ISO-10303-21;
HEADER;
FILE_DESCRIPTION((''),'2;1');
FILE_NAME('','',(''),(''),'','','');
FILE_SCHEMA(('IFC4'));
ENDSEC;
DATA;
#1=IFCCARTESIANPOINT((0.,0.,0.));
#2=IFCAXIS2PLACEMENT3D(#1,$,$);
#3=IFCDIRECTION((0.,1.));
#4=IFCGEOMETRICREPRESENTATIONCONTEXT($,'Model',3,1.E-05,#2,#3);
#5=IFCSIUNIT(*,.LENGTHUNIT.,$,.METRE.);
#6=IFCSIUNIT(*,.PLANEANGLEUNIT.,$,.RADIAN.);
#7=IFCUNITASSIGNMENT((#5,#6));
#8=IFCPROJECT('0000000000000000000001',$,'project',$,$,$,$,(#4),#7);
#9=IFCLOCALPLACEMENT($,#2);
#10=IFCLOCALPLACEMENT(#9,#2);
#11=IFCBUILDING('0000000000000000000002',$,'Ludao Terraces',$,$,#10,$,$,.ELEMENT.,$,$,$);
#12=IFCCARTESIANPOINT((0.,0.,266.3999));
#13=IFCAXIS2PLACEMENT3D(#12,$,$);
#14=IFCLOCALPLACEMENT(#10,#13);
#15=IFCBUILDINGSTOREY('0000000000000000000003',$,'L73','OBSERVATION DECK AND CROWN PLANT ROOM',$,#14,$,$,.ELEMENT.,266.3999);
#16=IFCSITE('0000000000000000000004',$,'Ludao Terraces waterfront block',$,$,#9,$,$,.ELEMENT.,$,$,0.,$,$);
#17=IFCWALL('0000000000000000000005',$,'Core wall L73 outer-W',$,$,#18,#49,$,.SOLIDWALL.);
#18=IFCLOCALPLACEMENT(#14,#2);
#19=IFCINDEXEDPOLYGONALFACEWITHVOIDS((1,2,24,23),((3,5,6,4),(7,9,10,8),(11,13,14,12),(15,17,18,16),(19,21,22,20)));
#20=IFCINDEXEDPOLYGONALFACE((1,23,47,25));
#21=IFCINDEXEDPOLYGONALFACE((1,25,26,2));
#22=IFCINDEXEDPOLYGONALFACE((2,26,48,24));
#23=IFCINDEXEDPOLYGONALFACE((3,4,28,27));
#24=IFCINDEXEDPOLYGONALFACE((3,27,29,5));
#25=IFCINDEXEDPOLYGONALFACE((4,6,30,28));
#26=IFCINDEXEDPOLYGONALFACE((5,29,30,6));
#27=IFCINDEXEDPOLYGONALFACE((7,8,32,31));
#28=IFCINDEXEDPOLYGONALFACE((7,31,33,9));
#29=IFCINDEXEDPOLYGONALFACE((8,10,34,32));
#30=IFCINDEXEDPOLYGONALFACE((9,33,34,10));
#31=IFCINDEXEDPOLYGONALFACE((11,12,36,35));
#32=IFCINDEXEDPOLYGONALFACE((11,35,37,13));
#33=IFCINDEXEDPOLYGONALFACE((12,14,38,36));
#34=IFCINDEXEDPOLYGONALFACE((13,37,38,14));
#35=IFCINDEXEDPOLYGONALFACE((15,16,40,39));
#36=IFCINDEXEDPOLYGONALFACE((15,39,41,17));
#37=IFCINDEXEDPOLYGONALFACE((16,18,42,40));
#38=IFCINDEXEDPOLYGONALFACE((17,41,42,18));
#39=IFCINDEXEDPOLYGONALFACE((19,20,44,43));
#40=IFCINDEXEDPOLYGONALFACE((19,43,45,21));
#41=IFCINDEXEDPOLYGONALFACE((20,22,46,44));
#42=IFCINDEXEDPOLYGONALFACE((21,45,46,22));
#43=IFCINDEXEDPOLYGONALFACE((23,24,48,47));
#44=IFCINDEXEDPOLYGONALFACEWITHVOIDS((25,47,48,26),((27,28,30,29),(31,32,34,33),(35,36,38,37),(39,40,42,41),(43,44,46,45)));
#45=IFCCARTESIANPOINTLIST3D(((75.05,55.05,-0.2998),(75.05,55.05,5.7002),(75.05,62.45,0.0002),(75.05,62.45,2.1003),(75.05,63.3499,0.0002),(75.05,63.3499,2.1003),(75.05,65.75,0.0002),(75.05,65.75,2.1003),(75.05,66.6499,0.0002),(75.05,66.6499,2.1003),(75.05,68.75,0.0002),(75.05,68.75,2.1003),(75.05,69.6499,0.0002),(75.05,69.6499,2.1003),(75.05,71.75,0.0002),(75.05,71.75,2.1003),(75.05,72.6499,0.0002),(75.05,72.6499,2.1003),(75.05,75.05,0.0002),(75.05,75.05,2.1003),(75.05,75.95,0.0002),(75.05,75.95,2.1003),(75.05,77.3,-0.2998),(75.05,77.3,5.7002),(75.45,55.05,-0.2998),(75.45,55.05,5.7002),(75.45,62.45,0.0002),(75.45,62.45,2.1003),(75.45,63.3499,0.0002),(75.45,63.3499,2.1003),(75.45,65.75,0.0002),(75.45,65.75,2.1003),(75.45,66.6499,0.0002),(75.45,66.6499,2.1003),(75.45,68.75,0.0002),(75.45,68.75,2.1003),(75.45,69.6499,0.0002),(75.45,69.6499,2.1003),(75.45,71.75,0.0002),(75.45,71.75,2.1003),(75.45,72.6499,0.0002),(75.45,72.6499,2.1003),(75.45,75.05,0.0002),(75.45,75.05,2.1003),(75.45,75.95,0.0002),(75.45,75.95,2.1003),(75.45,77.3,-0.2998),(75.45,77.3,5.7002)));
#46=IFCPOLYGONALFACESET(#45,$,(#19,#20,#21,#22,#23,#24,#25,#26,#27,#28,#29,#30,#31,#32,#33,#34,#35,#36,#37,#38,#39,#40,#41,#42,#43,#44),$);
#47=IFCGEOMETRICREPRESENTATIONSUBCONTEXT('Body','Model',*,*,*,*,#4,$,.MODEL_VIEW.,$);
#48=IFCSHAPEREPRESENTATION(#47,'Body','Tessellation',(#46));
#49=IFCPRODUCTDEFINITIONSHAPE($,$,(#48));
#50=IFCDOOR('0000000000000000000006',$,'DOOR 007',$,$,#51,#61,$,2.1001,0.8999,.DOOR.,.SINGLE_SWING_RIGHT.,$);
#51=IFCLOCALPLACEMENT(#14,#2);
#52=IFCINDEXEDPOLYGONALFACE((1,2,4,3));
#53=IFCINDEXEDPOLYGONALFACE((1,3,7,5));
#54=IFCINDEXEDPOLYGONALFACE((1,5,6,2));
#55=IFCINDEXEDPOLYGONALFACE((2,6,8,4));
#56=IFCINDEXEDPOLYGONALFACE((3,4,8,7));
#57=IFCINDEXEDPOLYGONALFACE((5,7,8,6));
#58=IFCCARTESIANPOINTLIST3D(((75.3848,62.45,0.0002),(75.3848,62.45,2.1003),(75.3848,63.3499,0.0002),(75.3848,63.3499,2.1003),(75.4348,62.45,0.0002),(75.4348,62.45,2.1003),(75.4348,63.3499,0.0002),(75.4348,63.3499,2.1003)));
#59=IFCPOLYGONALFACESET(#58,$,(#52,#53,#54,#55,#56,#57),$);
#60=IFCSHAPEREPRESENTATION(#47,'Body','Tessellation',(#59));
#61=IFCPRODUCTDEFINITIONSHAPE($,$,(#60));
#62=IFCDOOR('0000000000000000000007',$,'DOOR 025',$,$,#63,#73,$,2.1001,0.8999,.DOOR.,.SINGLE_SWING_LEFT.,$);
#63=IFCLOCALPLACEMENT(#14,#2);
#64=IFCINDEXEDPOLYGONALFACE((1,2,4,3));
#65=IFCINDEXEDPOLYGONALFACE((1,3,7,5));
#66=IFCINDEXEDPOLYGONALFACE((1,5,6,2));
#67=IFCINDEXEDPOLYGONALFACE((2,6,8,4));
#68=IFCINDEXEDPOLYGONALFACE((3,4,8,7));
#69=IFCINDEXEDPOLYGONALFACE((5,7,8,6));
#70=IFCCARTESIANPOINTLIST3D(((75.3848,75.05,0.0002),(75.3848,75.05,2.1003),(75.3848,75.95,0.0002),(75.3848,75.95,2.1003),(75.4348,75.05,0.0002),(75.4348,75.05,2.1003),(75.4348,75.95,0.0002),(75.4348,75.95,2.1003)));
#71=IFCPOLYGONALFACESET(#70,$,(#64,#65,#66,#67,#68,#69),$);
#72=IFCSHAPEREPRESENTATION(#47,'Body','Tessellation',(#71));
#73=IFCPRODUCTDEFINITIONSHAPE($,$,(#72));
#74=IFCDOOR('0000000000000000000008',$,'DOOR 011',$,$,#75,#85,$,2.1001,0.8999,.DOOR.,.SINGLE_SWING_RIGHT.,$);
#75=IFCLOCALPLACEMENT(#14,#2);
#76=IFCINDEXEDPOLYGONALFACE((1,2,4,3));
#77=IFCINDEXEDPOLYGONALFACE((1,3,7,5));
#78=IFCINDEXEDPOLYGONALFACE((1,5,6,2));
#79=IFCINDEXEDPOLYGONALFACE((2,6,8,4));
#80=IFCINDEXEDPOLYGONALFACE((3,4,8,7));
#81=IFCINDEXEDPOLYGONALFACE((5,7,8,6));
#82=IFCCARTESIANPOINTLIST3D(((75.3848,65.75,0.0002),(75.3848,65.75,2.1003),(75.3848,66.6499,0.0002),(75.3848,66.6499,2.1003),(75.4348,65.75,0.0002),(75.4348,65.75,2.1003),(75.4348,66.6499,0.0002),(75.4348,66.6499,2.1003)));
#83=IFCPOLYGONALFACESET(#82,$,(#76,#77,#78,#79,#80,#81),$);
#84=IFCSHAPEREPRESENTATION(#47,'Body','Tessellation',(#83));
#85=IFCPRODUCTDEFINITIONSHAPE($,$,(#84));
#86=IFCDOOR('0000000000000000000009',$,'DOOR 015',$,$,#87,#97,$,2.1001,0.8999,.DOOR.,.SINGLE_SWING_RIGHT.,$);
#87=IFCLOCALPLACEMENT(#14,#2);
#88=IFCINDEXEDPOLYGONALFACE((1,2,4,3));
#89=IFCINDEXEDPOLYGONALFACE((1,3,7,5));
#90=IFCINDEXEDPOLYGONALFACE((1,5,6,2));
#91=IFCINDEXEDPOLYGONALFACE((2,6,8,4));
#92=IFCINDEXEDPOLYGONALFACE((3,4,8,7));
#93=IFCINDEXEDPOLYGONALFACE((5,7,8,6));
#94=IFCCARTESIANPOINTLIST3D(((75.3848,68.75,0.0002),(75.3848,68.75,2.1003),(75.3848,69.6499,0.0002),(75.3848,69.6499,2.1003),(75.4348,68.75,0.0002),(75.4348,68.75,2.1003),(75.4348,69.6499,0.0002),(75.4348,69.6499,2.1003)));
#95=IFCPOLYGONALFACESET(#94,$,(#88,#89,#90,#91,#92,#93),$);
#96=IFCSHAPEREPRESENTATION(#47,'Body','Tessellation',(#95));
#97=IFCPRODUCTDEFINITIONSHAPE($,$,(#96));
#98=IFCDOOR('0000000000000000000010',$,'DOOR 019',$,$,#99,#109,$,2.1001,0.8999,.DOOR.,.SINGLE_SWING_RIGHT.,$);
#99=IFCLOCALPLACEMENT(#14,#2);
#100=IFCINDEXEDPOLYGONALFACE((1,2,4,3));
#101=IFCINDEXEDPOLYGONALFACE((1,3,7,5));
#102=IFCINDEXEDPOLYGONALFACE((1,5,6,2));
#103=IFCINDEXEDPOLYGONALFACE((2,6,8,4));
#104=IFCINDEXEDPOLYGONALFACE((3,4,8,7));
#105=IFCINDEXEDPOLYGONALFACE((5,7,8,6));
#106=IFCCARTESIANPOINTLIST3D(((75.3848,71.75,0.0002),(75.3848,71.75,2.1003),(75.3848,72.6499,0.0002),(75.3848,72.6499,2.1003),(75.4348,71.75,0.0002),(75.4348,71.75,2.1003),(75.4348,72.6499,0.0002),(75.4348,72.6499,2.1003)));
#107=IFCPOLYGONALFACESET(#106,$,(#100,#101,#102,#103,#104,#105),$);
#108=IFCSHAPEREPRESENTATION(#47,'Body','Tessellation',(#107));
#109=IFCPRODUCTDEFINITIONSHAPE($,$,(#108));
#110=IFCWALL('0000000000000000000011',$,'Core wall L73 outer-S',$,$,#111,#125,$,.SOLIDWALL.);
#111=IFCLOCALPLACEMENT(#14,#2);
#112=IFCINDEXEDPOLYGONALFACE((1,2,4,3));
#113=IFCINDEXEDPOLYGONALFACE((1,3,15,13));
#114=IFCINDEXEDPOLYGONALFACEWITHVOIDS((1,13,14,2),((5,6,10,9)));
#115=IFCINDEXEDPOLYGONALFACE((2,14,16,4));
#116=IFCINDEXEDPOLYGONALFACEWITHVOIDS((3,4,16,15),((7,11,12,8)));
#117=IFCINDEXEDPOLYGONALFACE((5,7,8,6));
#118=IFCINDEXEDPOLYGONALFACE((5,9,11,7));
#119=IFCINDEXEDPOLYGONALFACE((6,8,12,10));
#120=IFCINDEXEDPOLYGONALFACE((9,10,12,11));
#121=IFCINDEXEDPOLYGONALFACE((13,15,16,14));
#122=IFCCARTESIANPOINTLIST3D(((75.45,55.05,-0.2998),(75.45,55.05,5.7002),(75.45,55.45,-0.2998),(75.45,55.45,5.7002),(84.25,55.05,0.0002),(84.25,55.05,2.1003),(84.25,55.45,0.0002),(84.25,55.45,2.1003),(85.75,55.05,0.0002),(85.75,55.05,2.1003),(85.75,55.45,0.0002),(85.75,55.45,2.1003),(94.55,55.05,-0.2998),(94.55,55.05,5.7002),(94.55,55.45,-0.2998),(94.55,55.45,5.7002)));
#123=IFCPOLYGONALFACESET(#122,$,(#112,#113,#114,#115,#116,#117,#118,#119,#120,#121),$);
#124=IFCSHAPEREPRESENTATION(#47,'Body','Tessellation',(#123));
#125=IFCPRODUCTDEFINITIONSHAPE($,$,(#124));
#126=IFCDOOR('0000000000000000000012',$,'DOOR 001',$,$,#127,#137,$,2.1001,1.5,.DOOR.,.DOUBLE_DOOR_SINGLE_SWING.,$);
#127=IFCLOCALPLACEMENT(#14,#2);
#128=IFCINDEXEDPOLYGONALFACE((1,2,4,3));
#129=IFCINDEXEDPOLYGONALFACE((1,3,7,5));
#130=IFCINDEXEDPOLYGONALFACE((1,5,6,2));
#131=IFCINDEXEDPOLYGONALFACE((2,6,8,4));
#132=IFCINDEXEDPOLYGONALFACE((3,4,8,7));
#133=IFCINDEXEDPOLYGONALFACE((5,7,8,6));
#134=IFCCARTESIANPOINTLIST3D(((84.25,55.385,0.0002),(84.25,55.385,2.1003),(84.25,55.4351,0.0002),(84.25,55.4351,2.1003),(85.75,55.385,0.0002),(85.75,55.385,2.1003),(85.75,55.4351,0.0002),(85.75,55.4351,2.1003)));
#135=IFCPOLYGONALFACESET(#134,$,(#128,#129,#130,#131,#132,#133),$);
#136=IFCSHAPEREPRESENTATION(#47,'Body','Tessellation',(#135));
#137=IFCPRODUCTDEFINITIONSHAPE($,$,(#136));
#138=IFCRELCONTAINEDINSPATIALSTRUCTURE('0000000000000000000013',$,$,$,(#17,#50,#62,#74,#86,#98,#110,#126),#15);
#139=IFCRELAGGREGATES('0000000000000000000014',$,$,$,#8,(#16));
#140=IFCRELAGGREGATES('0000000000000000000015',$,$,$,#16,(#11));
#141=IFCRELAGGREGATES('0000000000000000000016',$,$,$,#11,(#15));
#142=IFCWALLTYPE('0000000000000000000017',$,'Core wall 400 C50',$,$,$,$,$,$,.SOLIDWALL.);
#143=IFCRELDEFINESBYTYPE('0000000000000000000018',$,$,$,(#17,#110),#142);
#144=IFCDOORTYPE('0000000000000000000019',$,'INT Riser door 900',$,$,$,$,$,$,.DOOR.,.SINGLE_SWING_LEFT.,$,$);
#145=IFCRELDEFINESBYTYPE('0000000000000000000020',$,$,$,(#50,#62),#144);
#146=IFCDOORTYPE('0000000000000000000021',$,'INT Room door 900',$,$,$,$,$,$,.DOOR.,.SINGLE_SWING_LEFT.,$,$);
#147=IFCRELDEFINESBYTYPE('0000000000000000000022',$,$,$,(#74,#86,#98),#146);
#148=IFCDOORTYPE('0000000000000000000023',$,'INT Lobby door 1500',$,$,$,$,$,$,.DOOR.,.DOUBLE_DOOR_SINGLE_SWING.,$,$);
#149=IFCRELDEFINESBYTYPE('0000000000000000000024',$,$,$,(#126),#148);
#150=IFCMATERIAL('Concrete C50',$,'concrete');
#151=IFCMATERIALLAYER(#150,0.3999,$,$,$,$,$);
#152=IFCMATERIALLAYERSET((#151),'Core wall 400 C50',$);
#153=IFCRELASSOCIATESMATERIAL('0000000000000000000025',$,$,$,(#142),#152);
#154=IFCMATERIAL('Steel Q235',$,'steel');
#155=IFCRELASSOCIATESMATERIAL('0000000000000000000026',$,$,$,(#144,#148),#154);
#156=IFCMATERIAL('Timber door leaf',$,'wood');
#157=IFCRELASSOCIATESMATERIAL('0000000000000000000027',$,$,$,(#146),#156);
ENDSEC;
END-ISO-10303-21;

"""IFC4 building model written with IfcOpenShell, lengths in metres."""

from ifc_helpers import new_model, si_unit, direction, frame, frame_2d, origin, place, context, subcontext, project, spatial, rectangle, extrude, material, layer, layer_set, type_object, element, fill, save


model = new_model("IFC4")

# Units and contexts
model_context = context("Model", 3, precision=1e-05, world=origin(), true_north=direction((0.0, 1.0)))
body_context = subcontext(model_context, "Body", "Model", "MODEL_VIEW")
ifc_project = project(units=[si_unit("LENGTHUNIT", "METRE"), si_unit("PLANEANGLEUNIT", "RADIAN")], contexts=[model_context])

# Site, building, storey
site_placement = place(None, origin())
site = spatial("IfcSite", under=ifc_project, at=site_placement, Name="Ludao Terraces waterfront block", CompositionType="ELEMENT", RefElevation=0.0)
building_placement = place(site_placement, origin())
building = spatial("IfcBuilding", under=site, at=building_placement, Name="Ludao Terraces", CompositionType="ELEMENT")
storey_placement = place(building_placement, frame((0.0, 0.0, 266.3999)))
storey = spatial("IfcBuildingStorey", under=building, at=storey_placement, Name="L73", Description="OBSERVATION DECK AND CROWN PLANT ROOM", CompositionType="ELEMENT", Elevation=266.3999)

# Wall, openings, doors
ifc_material_1 = material(Name="Concrete C50", Category="concrete")
ifc_layer_1 = layer(ifc_material_1, 0.3999)
ifc_layer_set_1 = layer_set([ifc_layer_1], Name="Core wall 400 C50")
wall_type_1 = type_object("IfcWallType", Name="Core wall 400 C50", PredefinedType="SOLIDWALL", material=ifc_layer_set_1)
wall_1_placement = place(storey_placement, frame((75.25, 55.05, -0.2998), z_axis=(0.0, 0.0, 1.0), x_axis=(0.0, 1.0, 0.0)))
wall_1 = element("IfcWall", 1, at=wall_1_placement, inside=storey, type_object=wall_type_1, Name="Core wall L73 outer-W", PredefinedType="SOLIDWALL", context=body_context, shape_type="SweptSolid", body=[
    extrude(rectangle(XDim=22.25, YDim=0.3999, at=frame_2d((11.125, 0.0))), origin(), (0.0, 0.0, 1.0), 6.0),
])
opening_1_placement = place(wall_1_placement, frame((7.3999, 0.0, 0.3)))
opening_1 = element("IfcOpeningElement", 2, at=opening_1_placement, cuts=wall_1, PredefinedType="OPENING", context=body_context, shape_type="SweptSolid", body=[
    extrude(rectangle(XDim=0.8999, YDim=2.1001, at=frame_2d((0.45, 1.05))), frame((0.0, 0.21, 0.0), z_axis=(0.0, -1.0, 0.0), x_axis=(1.0, 0.0, 0.0)), (0.0, 0.0, 1.0), 0.4199),
])
opening_2_placement = place(wall_1_placement, frame((10.7, 0.0, 0.3)))
opening_2 = element("IfcOpeningElement", 3, at=opening_2_placement, cuts=wall_1, PredefinedType="OPENING", context=body_context, shape_type="SweptSolid", body=[
    extrude(rectangle(XDim=0.8999, YDim=2.1001, at=frame_2d((0.45, 1.05))), frame((0.0, 0.21, 0.0), z_axis=(0.0, -1.0, 0.0), x_axis=(1.0, 0.0, 0.0)), (0.0, 0.0, 1.0), 0.4199),
])
opening_3_placement = place(wall_1_placement, frame((13.7, 0.0, 0.3)))
opening_3 = element("IfcOpeningElement", 4, at=opening_3_placement, cuts=wall_1, PredefinedType="OPENING", context=body_context, shape_type="SweptSolid", body=[
    extrude(rectangle(XDim=0.8999, YDim=2.1001, at=frame_2d((0.45, 1.05))), frame((0.0, 0.21, 0.0), z_axis=(0.0, -1.0, 0.0), x_axis=(1.0, 0.0, 0.0)), (0.0, 0.0, 1.0), 0.4199),
])
opening_4_placement = place(wall_1_placement, frame((16.7, 0.0, 0.3)))
opening_4 = element("IfcOpeningElement", 5, at=opening_4_placement, cuts=wall_1, PredefinedType="OPENING", context=body_context, shape_type="SweptSolid", body=[
    extrude(rectangle(XDim=0.8999, YDim=2.1001, at=frame_2d((0.45, 1.05))), frame((0.0, 0.21, 0.0), z_axis=(0.0, -1.0, 0.0), x_axis=(1.0, 0.0, 0.0)), (0.0, 0.0, 1.0), 0.4199),
])
opening_5_placement = place(wall_1_placement, frame((20.0, 0.0, 0.3)))
opening_5 = element("IfcOpeningElement", 6, at=opening_5_placement, cuts=wall_1, PredefinedType="OPENING", context=body_context, shape_type="SweptSolid", body=[
    extrude(rectangle(XDim=0.8999, YDim=2.1001, at=frame_2d((0.45, 1.05))), frame((0.0, 0.21, 0.0), z_axis=(0.0, -1.0, 0.0), x_axis=(1.0, 0.0, 0.0)), (0.0, 0.0, 1.0), 0.4199),
])
ifc_material_2 = material(Name="Steel Q235", Category="steel")
door_type_1 = type_object("IfcDoorType", Name="INT Riser door 900", OperationType="SINGLE_SWING_LEFT", PredefinedType="DOOR", material=ifc_material_2)
door_1_placement = place(opening_1_placement, origin())
door_1 = element("IfcDoor", 7, at=door_1_placement, inside=storey, type_object=door_type_1, Name="DOOR 007", OperationType="SINGLE_SWING_RIGHT", OverallHeight=2.1001, OverallWidth=0.8999, PredefinedType="DOOR", context=body_context, shape_type="SweptSolid", body=[
    extrude(rectangle(XDim=0.8999, YDim=2.1001, at=frame_2d((0.45, 1.05))), frame((0.0, -0.1348, 0.0), z_axis=(0.0, -1.0, 0.0), x_axis=(1.0, 0.0, 0.0)), (0.0, 0.0, 1.0), 0.05),
])
fill(opening_1, door_1)
door_2_placement = place(opening_5_placement, origin())
door_2 = element("IfcDoor", 8, at=door_2_placement, inside=storey, type_object=door_type_1, Name="DOOR 025", OperationType="SINGLE_SWING_LEFT", OverallHeight=2.1001, OverallWidth=0.8999, PredefinedType="DOOR", context=body_context, shape_type="SweptSolid", body=[
    extrude(rectangle(XDim=0.8999, YDim=2.1001, at=frame_2d((0.45, 1.05))), frame((0.0, -0.1348, 0.0), z_axis=(0.0, -1.0, 0.0), x_axis=(1.0, 0.0, 0.0)), (0.0, 0.0, 1.0), 0.05),
])
fill(opening_5, door_2)
ifc_material_3 = material(Name="Timber door leaf", Category="wood")
door_type_2 = type_object("IfcDoorType", Name="INT Room door 900", OperationType="SINGLE_SWING_LEFT", PredefinedType="DOOR", material=ifc_material_3)
door_3_placement = place(opening_2_placement, origin())
door_3 = element("IfcDoor", 9, at=door_3_placement, inside=storey, type_object=door_type_2, Name="DOOR 011", OperationType="SINGLE_SWING_RIGHT", OverallHeight=2.1001, OverallWidth=0.8999, PredefinedType="DOOR", context=body_context, shape_type="SweptSolid", body=[
    extrude(rectangle(XDim=0.8999, YDim=2.1001, at=frame_2d((0.45, 1.05))), frame((0.0, -0.1348, 0.0), z_axis=(0.0, -1.0, 0.0), x_axis=(1.0, 0.0, 0.0)), (0.0, 0.0, 1.0), 0.05),
])
fill(opening_2, door_3)
door_4_placement = place(opening_3_placement, origin())
door_4 = element("IfcDoor", 10, at=door_4_placement, inside=storey, type_object=door_type_2, Name="DOOR 015", OperationType="SINGLE_SWING_RIGHT", OverallHeight=2.1001, OverallWidth=0.8999, PredefinedType="DOOR", context=body_context, shape_type="SweptSolid", body=[
    extrude(rectangle(XDim=0.8999, YDim=2.1001, at=frame_2d((0.45, 1.05))), frame((0.0, -0.1348, 0.0), z_axis=(0.0, -1.0, 0.0), x_axis=(1.0, 0.0, 0.0)), (0.0, 0.0, 1.0), 0.05),
])
fill(opening_3, door_4)
door_5_placement = place(opening_4_placement, origin())
door_5 = element("IfcDoor", 11, at=door_5_placement, inside=storey, type_object=door_type_2, Name="DOOR 019", OperationType="SINGLE_SWING_RIGHT", OverallHeight=2.1001, OverallWidth=0.8999, PredefinedType="DOOR", context=body_context, shape_type="SweptSolid", body=[
    extrude(rectangle(XDim=0.8999, YDim=2.1001, at=frame_2d((0.45, 1.05))), frame((0.0, -0.1348, 0.0), z_axis=(0.0, -1.0, 0.0), x_axis=(1.0, 0.0, 0.0)), (0.0, 0.0, 1.0), 0.05),
])
fill(opening_4, door_5)

# Wall, opening, door
wall_2_placement = place(storey_placement, frame((75.45, 55.25, -0.2998), z_axis=(0.0, 0.0, 1.0), x_axis=(1.0, 0.0, 0.0)))
wall_2 = element("IfcWall", 12, at=wall_2_placement, inside=storey, type_object=wall_type_1, Name="Core wall L73 outer-S", PredefinedType="SOLIDWALL", context=body_context, shape_type="SweptSolid", body=[
    extrude(rectangle(XDim=19.1001, YDim=0.3999, at=frame_2d((9.55, 0.0))), origin(), (0.0, 0.0, 1.0), 6.0),
])
opening_6_placement = place(wall_2_placement, frame((8.8, 0.0, 0.3)))
opening_6 = element("IfcOpeningElement", 13, at=opening_6_placement, cuts=wall_2, PredefinedType="OPENING", context=body_context, shape_type="SweptSolid", body=[
    extrude(rectangle(XDim=1.5, YDim=2.1001, at=frame_2d((0.75, 1.05))), frame((0.0, 0.21, 0.0), z_axis=(0.0, -1.0, 0.0), x_axis=(1.0, 0.0, 0.0)), (0.0, 0.0, 1.0), 0.4199),
])
door_type_3 = type_object("IfcDoorType", Name="INT Lobby door 1500", OperationType="DOUBLE_DOOR_SINGLE_SWING", PredefinedType="DOOR", material=ifc_material_2)
door_6_placement = place(opening_6_placement, origin())
door_6 = element("IfcDoor", 14, at=door_6_placement, inside=storey, type_object=door_type_3, Name="DOOR 001", OperationType="DOUBLE_DOOR_SINGLE_SWING", OverallHeight=2.1001, OverallWidth=1.5, PredefinedType="DOOR", context=body_context, shape_type="SweptSolid", body=[
    extrude(rectangle(XDim=1.5, YDim=2.1001, at=frame_2d((0.75, 1.05))), frame((0.0, 0.1851, 0.0), z_axis=(0.0, -1.0, 0.0), x_axis=(1.0, 0.0, 0.0)), (0.0, 0.0, 1.0), 0.05),
])
fill(opening_6, door_6)

save(model, "model.ifc")
